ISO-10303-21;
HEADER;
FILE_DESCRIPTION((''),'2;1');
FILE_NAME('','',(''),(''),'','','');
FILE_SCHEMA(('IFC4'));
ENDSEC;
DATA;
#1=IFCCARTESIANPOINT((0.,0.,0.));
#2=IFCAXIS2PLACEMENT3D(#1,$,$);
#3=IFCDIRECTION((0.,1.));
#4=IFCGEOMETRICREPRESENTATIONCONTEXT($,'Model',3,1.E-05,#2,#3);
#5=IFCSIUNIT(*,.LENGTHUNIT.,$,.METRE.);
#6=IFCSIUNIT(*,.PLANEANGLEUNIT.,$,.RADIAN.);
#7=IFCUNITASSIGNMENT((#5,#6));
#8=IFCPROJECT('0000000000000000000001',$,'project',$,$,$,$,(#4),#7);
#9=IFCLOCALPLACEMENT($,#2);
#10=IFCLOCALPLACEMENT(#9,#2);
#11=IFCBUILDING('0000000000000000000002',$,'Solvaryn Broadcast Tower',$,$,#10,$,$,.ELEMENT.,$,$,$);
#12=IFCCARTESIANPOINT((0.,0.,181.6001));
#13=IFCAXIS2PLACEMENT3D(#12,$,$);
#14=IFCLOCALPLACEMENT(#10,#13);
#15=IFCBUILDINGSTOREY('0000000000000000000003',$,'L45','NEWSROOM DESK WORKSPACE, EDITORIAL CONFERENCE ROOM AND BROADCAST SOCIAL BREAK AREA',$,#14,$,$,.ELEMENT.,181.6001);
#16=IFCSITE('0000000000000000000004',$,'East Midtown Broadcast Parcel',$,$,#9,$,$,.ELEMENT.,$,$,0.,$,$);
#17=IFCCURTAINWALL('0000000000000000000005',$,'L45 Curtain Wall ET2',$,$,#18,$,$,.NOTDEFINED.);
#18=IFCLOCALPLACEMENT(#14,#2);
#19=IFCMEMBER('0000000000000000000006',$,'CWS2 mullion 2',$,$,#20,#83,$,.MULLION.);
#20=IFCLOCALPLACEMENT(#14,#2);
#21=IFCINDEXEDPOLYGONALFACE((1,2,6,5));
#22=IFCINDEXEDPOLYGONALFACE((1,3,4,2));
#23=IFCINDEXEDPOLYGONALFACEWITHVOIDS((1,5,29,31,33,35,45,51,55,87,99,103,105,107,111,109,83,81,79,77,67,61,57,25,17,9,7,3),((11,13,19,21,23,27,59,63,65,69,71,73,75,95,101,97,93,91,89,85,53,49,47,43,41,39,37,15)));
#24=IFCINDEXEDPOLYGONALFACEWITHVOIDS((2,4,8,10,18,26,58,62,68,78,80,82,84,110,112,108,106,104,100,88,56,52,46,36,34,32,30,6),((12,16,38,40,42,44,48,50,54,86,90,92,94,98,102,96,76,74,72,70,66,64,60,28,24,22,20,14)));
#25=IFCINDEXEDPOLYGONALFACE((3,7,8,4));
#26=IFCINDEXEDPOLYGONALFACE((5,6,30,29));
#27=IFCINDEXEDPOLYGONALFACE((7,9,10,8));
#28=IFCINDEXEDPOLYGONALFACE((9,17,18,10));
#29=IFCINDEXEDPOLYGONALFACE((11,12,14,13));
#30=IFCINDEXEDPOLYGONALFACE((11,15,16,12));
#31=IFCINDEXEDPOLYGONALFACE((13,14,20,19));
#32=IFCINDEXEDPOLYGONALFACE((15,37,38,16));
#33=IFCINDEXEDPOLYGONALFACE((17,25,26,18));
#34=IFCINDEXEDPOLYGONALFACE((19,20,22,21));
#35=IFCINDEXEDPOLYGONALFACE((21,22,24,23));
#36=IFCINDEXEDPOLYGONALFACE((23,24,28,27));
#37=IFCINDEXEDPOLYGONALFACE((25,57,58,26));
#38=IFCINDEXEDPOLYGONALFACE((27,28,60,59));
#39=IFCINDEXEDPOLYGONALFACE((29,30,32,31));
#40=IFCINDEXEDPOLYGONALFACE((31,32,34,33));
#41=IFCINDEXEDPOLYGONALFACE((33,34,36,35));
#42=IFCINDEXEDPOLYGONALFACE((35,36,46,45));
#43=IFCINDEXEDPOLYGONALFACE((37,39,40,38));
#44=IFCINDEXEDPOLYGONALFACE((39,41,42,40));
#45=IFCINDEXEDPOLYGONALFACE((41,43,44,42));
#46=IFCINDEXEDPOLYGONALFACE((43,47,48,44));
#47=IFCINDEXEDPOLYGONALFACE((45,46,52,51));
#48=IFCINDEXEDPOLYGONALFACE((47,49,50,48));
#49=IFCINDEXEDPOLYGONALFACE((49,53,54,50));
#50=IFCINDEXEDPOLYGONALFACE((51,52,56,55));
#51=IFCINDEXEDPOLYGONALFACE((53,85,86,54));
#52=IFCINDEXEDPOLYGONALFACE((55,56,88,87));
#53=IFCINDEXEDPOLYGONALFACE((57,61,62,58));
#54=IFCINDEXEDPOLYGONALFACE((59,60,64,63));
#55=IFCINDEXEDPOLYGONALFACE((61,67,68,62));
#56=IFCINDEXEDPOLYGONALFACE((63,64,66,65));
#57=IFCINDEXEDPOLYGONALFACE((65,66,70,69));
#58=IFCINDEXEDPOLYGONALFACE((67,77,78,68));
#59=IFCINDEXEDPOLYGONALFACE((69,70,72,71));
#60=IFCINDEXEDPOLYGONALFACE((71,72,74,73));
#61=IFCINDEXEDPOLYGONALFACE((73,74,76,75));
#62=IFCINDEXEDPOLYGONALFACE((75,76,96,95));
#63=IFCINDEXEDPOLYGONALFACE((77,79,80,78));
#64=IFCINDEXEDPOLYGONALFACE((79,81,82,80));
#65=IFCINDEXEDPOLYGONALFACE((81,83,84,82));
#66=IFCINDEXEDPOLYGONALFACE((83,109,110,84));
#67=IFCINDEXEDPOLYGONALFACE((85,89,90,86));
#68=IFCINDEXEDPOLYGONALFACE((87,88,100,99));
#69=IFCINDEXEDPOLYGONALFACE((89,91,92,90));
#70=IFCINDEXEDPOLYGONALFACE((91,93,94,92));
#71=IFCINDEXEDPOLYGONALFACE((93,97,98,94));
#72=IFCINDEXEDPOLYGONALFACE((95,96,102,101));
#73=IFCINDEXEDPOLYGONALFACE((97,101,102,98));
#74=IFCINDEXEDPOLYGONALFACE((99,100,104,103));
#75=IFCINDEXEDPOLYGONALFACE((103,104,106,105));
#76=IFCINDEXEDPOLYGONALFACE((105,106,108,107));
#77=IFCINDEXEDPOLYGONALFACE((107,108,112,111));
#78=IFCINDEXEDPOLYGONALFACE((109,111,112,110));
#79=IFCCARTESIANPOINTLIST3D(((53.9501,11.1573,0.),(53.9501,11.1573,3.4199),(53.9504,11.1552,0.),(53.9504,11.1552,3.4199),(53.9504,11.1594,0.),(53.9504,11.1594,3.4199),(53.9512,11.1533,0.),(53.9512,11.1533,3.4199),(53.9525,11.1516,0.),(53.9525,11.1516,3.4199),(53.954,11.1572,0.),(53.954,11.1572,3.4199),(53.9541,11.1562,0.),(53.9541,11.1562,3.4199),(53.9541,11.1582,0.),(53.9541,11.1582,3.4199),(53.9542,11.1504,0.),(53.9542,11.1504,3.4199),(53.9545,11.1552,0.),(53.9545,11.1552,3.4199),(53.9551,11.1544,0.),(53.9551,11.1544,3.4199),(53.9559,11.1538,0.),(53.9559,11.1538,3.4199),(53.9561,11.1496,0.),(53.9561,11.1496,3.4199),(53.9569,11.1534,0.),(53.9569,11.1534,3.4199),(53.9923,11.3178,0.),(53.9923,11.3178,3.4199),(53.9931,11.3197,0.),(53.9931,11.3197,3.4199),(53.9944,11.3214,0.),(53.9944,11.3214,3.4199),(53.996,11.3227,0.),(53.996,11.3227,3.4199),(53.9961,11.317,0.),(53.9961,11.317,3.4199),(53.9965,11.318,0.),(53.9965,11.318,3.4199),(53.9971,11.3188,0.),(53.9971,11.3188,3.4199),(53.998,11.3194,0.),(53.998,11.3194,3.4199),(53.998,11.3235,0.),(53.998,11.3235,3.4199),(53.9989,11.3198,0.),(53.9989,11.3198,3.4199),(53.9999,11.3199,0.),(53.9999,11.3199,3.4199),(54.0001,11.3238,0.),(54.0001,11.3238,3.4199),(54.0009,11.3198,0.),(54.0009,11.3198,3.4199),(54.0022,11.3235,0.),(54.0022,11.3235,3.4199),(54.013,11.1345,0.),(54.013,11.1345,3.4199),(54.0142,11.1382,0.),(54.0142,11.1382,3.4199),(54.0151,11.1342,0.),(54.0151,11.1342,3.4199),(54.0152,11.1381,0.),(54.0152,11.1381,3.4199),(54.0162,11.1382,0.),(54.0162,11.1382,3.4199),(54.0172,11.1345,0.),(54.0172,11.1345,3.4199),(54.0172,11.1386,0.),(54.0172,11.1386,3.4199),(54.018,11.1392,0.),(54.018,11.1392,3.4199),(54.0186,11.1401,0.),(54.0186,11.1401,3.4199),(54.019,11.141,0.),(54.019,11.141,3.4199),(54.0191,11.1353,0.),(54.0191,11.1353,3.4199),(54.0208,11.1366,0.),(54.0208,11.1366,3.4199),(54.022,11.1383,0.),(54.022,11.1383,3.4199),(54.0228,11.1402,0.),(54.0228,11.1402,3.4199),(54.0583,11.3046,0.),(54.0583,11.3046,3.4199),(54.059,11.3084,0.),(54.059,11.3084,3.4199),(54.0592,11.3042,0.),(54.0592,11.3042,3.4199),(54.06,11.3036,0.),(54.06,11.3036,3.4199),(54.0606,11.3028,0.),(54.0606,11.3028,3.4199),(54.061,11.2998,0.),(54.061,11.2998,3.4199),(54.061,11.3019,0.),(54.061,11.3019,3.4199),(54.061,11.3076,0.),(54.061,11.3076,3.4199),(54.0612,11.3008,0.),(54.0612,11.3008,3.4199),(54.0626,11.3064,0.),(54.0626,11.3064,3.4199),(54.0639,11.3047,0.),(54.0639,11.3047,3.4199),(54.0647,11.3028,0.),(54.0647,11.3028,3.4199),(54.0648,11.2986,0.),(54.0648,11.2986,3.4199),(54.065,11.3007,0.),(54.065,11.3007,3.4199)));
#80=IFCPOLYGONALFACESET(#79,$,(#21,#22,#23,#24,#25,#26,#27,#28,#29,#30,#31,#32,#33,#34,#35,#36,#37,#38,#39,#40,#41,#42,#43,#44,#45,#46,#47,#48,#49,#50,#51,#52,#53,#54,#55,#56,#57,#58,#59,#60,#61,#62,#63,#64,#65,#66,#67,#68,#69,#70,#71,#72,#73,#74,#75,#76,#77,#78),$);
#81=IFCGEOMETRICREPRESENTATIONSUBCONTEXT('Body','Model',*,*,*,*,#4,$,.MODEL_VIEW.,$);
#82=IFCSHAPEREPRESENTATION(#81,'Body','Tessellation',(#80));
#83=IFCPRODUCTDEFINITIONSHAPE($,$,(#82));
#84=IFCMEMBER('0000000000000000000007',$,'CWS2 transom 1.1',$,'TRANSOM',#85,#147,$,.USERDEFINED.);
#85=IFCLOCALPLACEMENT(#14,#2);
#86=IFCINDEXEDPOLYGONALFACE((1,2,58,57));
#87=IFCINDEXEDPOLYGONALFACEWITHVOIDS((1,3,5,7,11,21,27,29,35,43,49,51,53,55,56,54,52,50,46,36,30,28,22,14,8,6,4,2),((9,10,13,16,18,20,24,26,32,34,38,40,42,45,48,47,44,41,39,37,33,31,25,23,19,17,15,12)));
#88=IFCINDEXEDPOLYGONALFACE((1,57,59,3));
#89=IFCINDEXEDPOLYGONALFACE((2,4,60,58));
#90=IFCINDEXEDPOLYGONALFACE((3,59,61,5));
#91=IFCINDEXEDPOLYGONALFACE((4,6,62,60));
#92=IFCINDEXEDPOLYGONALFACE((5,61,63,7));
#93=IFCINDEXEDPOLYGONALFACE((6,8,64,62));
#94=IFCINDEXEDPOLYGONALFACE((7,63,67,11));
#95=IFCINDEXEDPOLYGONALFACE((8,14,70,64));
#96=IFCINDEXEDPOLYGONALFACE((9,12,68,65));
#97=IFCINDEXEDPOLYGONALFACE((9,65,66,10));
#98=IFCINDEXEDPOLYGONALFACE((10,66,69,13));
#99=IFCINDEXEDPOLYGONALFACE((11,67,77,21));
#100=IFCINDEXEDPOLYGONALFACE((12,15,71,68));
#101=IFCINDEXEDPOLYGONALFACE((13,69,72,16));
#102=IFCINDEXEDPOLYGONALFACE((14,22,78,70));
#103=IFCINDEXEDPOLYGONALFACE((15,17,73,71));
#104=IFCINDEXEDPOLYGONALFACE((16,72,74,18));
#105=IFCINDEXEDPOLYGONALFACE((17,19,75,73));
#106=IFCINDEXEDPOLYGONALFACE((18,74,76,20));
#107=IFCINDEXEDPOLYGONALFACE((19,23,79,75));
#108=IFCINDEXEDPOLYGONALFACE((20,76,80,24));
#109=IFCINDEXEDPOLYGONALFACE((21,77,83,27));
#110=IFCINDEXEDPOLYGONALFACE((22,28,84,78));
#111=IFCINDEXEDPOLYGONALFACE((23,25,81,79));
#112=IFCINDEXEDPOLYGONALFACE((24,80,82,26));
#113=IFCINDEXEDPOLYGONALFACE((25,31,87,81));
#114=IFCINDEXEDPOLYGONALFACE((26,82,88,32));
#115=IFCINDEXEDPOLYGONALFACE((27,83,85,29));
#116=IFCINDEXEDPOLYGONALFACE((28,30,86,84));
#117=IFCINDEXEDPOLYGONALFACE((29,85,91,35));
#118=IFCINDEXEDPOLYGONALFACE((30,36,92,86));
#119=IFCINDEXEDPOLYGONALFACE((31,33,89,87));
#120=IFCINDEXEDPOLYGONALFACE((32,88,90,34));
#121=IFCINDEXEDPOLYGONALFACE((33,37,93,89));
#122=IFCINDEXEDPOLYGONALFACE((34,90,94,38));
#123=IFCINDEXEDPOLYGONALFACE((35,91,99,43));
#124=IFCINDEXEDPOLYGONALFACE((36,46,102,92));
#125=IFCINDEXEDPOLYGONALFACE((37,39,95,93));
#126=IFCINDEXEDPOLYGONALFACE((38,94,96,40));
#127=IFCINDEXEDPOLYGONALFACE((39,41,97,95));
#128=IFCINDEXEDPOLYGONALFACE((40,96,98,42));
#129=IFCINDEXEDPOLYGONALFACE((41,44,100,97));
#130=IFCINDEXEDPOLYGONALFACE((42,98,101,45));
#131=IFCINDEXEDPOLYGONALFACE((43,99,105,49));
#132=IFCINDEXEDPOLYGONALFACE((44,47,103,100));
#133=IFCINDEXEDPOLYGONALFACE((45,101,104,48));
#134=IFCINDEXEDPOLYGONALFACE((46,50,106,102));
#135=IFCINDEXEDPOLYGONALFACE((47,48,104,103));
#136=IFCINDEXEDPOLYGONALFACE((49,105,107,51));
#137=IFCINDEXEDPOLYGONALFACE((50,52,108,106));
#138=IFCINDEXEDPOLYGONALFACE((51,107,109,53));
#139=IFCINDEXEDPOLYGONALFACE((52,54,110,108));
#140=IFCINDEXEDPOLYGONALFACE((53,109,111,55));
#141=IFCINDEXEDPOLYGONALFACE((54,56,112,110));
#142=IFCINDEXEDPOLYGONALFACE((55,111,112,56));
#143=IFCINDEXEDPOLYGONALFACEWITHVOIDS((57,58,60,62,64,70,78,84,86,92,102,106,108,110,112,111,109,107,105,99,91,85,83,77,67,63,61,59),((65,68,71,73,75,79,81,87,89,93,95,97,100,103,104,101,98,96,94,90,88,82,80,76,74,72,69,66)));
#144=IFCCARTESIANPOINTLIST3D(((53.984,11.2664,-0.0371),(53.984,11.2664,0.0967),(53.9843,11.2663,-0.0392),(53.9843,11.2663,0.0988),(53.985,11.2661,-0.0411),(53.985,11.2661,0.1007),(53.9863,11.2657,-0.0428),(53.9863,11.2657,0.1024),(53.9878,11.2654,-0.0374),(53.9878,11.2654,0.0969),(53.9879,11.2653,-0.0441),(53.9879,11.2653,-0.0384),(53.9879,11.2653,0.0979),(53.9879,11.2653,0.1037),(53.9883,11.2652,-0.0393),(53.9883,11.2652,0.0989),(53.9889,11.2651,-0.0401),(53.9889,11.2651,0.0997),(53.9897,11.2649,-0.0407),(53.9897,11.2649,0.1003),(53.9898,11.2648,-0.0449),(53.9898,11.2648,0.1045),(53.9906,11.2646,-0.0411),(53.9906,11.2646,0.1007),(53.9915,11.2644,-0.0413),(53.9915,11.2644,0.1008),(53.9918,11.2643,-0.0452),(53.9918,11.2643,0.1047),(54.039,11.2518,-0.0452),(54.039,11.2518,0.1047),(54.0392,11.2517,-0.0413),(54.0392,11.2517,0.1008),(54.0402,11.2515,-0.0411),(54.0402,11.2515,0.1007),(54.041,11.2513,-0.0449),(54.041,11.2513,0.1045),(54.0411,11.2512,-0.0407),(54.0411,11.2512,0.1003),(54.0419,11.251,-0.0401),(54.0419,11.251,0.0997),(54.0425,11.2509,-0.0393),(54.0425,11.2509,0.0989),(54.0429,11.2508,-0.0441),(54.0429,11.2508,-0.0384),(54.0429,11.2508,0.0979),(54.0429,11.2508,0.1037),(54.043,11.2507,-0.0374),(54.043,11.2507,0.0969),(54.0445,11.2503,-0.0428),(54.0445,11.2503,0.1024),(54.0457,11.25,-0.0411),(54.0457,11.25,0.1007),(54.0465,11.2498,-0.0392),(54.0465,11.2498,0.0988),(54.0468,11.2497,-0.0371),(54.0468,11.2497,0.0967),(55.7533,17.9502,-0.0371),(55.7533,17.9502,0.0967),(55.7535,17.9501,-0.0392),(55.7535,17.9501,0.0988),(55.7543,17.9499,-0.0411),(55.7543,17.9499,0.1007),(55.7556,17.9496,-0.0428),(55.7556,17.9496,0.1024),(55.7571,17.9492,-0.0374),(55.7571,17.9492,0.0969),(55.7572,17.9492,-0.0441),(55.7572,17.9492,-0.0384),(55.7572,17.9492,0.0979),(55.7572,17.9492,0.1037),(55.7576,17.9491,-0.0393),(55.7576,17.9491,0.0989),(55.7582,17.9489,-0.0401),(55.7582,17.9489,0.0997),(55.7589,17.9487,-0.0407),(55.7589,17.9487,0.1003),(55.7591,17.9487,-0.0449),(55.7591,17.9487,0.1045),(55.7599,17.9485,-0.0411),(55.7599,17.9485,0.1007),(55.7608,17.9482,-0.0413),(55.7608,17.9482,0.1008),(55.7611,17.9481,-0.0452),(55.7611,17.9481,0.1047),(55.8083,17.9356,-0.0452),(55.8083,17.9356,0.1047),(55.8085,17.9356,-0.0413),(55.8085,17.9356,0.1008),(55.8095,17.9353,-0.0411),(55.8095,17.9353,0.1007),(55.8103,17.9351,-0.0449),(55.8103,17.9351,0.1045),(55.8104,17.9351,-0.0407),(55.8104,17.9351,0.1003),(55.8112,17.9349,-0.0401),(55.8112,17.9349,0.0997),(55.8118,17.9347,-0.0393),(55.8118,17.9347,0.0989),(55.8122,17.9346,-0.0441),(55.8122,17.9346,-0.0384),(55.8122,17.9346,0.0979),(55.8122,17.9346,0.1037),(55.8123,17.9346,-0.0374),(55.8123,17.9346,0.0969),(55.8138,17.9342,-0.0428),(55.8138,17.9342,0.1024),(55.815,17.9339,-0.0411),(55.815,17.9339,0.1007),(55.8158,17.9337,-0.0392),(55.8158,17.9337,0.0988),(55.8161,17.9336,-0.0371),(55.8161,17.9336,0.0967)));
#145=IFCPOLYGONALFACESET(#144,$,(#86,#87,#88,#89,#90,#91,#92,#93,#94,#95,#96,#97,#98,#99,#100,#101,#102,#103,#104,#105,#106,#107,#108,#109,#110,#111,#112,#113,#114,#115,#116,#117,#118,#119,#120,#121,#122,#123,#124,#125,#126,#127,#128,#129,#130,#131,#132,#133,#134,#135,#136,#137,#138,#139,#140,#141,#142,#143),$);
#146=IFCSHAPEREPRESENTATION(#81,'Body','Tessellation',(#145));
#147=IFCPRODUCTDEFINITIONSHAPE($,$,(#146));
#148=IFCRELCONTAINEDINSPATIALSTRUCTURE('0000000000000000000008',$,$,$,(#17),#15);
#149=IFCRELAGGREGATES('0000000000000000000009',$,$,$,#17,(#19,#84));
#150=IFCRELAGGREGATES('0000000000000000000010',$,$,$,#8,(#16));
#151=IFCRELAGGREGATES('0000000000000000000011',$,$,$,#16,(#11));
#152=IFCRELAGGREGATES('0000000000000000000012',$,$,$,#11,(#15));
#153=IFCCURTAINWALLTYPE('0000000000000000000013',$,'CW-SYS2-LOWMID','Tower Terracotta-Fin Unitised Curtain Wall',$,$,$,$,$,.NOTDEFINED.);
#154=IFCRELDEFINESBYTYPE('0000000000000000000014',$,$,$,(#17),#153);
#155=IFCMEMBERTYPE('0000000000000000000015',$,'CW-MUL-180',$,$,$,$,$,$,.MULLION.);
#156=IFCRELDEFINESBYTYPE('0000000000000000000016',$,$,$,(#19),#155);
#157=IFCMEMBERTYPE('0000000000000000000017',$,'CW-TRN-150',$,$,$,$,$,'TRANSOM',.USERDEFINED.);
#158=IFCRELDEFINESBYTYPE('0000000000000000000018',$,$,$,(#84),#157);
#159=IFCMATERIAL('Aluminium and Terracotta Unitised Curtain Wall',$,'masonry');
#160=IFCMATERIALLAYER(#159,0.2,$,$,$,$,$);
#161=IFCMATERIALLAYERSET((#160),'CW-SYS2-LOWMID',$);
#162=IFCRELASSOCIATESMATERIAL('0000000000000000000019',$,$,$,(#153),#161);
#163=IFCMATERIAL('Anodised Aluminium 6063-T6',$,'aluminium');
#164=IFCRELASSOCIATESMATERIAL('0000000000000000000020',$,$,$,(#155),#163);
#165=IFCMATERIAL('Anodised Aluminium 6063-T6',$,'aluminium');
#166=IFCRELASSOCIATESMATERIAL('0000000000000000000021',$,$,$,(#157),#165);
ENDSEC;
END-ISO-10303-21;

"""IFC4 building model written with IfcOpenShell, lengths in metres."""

from ifc_helpers import new_model, si_unit, direction, frame, origin, origin_2d, place, context, subcontext, project, spatial, hollow_rectangle, extrude, material, layer, layer_set, material_profile, profile_set, type_object, element, aggregate, save


model = new_model("IFC4")

# Units and contexts
model_context = context("Model", 3, precision=1e-05, world=origin(), true_north=direction((0.0, 1.0)))
body_context = subcontext(model_context, "Body", "Model", "MODEL_VIEW")
ifc_project = project(units=[si_unit("LENGTHUNIT", "METRE"), si_unit("PLANEANGLEUNIT", "RADIAN")], contexts=[model_context])

# Site, building, storey
site_placement = place(None, origin())
site = spatial("IfcSite", under=ifc_project, at=site_placement, Name="East Midtown Broadcast Parcel", CompositionType="ELEMENT", RefElevation=0.0)
building_placement = place(site_placement, origin())
building = spatial("IfcBuilding", under=site, at=building_placement, Name="Solvaryn Broadcast Tower", CompositionType="ELEMENT")
storey_placement = place(building_placement, frame((0.0, 0.0, 181.6001)))
storey = spatial("IfcBuildingStorey", under=building, at=storey_placement, Name="L45", Description="NEWSROOM DESK WORKSPACE, EDITORIAL CONFERENCE ROOM AND BROADCAST SOCIAL BREAK AREA", CompositionType="ELEMENT", Elevation=181.6001)

# Shared definitions
ifc_material_1 = material(Name="Aluminium and Terracotta Unitised Curtain Wall", Category="masonry")
ifc_layer_1 = layer(ifc_material_1, 0.2)
ifc_layer_set_1 = layer_set([ifc_layer_1], Name="CW-SYS2-LOWMID")
curtain_wall_type = type_object("IfcCurtainWallType", Name="CW-SYS2-LOWMID", Description="Tower Terracotta-Fin Unitised Curtain Wall", PredefinedType="NOTDEFINED", material=ifc_layer_set_1)
ifc_material_2 = material(Name="Anodised Aluminium 6063-T6", Category="aluminium")
ifc_material_profile_1 = material_profile(ifc_material_2, hollow_rectangle(XDim=0.075, YDim=0.1799, WallThickness=0.0039, InnerFilletRadius=0.0039, OuterFilletRadius=0.0081, at=origin_2d()))
ifc_profile_set_1 = profile_set([ifc_material_profile_1], Name="Anodised Aluminium 6063-T6")
member_type_1 = type_object("IfcMemberType", Name="CW-MUL-180", PredefinedType="MULLION", material=ifc_profile_set_1)

# Curtain wall, members
curtain_wall_1_placement = place(storey_placement, origin())
curtain_wall_1 = element("IfcCurtainWall", 1, at=curtain_wall_1_placement, inside=storey, type_object=curtain_wall_type, Name="L45 Curtain Wall ET2", PredefinedType="NOTDEFINED")
member_1_placement = place(storey_placement, frame((54.0076, 11.229, 0.0), z_axis=(0.0, 0.0, 1.0), x_axis=(0.966705, -0.255893, 0.0)))
member_1 = element("IfcMember", 2, at=member_1_placement, type_object=member_type_1, Name="CWS2 mullion 2", PredefinedType="MULLION", context=body_context, shape_type="SweptSolid", body=[
    extrude(hollow_rectangle(XDim=0.075, YDim=0.1799, WallThickness=0.0039, InnerFilletRadius=0.0039, OuterFilletRadius=0.0081, at=origin_2d()), origin(), (0.0, 0.0, 1.0), 3.4199),
])
ifc_material_3 = material(Name="Anodised Aluminium 6063-T6", Category="aluminium")
ifc_material_profile_2 = material_profile(ifc_material_3, hollow_rectangle(XDim=0.0649, YDim=0.1499, WallThickness=0.0039, InnerFilletRadius=0.0039, OuterFilletRadius=0.0081, at=origin_2d()))
ifc_profile_set_2 = profile_set([ifc_material_profile_2], Name="Anodised Aluminium 6063-T6")
member_type_2 = type_object("IfcMemberType", Name="CW-TRN-150", ElementType="TRANSOM", PredefinedType="USERDEFINED", material=ifc_profile_set_2)
member_2_placement = place(storey_placement, frame((55.7847, 17.9419, 0.0298), z_axis=(-0.255897, -0.966704, 0.0), x_axis=(0.966704, -0.255897, 0.0)))
member_2 = element("IfcMember", 3, at=member_2_placement, type_object=member_type_2, Name="CWS2 transom 1.1", ObjectType="TRANSOM", PredefinedType="USERDEFINED", context=body_context, shape_type="SweptSolid", body=[
    extrude(hollow_rectangle(XDim=0.0649, YDim=0.1499, WallThickness=0.0039, InnerFilletRadius=0.0039, OuterFilletRadius=0.0081, at=origin_2d()), origin(), (0.0, 0.0, 1.0), 6.9141),
])

aggregate(curtain_wall_1, [member_1, member_2])

save(model, "model.ifc")
